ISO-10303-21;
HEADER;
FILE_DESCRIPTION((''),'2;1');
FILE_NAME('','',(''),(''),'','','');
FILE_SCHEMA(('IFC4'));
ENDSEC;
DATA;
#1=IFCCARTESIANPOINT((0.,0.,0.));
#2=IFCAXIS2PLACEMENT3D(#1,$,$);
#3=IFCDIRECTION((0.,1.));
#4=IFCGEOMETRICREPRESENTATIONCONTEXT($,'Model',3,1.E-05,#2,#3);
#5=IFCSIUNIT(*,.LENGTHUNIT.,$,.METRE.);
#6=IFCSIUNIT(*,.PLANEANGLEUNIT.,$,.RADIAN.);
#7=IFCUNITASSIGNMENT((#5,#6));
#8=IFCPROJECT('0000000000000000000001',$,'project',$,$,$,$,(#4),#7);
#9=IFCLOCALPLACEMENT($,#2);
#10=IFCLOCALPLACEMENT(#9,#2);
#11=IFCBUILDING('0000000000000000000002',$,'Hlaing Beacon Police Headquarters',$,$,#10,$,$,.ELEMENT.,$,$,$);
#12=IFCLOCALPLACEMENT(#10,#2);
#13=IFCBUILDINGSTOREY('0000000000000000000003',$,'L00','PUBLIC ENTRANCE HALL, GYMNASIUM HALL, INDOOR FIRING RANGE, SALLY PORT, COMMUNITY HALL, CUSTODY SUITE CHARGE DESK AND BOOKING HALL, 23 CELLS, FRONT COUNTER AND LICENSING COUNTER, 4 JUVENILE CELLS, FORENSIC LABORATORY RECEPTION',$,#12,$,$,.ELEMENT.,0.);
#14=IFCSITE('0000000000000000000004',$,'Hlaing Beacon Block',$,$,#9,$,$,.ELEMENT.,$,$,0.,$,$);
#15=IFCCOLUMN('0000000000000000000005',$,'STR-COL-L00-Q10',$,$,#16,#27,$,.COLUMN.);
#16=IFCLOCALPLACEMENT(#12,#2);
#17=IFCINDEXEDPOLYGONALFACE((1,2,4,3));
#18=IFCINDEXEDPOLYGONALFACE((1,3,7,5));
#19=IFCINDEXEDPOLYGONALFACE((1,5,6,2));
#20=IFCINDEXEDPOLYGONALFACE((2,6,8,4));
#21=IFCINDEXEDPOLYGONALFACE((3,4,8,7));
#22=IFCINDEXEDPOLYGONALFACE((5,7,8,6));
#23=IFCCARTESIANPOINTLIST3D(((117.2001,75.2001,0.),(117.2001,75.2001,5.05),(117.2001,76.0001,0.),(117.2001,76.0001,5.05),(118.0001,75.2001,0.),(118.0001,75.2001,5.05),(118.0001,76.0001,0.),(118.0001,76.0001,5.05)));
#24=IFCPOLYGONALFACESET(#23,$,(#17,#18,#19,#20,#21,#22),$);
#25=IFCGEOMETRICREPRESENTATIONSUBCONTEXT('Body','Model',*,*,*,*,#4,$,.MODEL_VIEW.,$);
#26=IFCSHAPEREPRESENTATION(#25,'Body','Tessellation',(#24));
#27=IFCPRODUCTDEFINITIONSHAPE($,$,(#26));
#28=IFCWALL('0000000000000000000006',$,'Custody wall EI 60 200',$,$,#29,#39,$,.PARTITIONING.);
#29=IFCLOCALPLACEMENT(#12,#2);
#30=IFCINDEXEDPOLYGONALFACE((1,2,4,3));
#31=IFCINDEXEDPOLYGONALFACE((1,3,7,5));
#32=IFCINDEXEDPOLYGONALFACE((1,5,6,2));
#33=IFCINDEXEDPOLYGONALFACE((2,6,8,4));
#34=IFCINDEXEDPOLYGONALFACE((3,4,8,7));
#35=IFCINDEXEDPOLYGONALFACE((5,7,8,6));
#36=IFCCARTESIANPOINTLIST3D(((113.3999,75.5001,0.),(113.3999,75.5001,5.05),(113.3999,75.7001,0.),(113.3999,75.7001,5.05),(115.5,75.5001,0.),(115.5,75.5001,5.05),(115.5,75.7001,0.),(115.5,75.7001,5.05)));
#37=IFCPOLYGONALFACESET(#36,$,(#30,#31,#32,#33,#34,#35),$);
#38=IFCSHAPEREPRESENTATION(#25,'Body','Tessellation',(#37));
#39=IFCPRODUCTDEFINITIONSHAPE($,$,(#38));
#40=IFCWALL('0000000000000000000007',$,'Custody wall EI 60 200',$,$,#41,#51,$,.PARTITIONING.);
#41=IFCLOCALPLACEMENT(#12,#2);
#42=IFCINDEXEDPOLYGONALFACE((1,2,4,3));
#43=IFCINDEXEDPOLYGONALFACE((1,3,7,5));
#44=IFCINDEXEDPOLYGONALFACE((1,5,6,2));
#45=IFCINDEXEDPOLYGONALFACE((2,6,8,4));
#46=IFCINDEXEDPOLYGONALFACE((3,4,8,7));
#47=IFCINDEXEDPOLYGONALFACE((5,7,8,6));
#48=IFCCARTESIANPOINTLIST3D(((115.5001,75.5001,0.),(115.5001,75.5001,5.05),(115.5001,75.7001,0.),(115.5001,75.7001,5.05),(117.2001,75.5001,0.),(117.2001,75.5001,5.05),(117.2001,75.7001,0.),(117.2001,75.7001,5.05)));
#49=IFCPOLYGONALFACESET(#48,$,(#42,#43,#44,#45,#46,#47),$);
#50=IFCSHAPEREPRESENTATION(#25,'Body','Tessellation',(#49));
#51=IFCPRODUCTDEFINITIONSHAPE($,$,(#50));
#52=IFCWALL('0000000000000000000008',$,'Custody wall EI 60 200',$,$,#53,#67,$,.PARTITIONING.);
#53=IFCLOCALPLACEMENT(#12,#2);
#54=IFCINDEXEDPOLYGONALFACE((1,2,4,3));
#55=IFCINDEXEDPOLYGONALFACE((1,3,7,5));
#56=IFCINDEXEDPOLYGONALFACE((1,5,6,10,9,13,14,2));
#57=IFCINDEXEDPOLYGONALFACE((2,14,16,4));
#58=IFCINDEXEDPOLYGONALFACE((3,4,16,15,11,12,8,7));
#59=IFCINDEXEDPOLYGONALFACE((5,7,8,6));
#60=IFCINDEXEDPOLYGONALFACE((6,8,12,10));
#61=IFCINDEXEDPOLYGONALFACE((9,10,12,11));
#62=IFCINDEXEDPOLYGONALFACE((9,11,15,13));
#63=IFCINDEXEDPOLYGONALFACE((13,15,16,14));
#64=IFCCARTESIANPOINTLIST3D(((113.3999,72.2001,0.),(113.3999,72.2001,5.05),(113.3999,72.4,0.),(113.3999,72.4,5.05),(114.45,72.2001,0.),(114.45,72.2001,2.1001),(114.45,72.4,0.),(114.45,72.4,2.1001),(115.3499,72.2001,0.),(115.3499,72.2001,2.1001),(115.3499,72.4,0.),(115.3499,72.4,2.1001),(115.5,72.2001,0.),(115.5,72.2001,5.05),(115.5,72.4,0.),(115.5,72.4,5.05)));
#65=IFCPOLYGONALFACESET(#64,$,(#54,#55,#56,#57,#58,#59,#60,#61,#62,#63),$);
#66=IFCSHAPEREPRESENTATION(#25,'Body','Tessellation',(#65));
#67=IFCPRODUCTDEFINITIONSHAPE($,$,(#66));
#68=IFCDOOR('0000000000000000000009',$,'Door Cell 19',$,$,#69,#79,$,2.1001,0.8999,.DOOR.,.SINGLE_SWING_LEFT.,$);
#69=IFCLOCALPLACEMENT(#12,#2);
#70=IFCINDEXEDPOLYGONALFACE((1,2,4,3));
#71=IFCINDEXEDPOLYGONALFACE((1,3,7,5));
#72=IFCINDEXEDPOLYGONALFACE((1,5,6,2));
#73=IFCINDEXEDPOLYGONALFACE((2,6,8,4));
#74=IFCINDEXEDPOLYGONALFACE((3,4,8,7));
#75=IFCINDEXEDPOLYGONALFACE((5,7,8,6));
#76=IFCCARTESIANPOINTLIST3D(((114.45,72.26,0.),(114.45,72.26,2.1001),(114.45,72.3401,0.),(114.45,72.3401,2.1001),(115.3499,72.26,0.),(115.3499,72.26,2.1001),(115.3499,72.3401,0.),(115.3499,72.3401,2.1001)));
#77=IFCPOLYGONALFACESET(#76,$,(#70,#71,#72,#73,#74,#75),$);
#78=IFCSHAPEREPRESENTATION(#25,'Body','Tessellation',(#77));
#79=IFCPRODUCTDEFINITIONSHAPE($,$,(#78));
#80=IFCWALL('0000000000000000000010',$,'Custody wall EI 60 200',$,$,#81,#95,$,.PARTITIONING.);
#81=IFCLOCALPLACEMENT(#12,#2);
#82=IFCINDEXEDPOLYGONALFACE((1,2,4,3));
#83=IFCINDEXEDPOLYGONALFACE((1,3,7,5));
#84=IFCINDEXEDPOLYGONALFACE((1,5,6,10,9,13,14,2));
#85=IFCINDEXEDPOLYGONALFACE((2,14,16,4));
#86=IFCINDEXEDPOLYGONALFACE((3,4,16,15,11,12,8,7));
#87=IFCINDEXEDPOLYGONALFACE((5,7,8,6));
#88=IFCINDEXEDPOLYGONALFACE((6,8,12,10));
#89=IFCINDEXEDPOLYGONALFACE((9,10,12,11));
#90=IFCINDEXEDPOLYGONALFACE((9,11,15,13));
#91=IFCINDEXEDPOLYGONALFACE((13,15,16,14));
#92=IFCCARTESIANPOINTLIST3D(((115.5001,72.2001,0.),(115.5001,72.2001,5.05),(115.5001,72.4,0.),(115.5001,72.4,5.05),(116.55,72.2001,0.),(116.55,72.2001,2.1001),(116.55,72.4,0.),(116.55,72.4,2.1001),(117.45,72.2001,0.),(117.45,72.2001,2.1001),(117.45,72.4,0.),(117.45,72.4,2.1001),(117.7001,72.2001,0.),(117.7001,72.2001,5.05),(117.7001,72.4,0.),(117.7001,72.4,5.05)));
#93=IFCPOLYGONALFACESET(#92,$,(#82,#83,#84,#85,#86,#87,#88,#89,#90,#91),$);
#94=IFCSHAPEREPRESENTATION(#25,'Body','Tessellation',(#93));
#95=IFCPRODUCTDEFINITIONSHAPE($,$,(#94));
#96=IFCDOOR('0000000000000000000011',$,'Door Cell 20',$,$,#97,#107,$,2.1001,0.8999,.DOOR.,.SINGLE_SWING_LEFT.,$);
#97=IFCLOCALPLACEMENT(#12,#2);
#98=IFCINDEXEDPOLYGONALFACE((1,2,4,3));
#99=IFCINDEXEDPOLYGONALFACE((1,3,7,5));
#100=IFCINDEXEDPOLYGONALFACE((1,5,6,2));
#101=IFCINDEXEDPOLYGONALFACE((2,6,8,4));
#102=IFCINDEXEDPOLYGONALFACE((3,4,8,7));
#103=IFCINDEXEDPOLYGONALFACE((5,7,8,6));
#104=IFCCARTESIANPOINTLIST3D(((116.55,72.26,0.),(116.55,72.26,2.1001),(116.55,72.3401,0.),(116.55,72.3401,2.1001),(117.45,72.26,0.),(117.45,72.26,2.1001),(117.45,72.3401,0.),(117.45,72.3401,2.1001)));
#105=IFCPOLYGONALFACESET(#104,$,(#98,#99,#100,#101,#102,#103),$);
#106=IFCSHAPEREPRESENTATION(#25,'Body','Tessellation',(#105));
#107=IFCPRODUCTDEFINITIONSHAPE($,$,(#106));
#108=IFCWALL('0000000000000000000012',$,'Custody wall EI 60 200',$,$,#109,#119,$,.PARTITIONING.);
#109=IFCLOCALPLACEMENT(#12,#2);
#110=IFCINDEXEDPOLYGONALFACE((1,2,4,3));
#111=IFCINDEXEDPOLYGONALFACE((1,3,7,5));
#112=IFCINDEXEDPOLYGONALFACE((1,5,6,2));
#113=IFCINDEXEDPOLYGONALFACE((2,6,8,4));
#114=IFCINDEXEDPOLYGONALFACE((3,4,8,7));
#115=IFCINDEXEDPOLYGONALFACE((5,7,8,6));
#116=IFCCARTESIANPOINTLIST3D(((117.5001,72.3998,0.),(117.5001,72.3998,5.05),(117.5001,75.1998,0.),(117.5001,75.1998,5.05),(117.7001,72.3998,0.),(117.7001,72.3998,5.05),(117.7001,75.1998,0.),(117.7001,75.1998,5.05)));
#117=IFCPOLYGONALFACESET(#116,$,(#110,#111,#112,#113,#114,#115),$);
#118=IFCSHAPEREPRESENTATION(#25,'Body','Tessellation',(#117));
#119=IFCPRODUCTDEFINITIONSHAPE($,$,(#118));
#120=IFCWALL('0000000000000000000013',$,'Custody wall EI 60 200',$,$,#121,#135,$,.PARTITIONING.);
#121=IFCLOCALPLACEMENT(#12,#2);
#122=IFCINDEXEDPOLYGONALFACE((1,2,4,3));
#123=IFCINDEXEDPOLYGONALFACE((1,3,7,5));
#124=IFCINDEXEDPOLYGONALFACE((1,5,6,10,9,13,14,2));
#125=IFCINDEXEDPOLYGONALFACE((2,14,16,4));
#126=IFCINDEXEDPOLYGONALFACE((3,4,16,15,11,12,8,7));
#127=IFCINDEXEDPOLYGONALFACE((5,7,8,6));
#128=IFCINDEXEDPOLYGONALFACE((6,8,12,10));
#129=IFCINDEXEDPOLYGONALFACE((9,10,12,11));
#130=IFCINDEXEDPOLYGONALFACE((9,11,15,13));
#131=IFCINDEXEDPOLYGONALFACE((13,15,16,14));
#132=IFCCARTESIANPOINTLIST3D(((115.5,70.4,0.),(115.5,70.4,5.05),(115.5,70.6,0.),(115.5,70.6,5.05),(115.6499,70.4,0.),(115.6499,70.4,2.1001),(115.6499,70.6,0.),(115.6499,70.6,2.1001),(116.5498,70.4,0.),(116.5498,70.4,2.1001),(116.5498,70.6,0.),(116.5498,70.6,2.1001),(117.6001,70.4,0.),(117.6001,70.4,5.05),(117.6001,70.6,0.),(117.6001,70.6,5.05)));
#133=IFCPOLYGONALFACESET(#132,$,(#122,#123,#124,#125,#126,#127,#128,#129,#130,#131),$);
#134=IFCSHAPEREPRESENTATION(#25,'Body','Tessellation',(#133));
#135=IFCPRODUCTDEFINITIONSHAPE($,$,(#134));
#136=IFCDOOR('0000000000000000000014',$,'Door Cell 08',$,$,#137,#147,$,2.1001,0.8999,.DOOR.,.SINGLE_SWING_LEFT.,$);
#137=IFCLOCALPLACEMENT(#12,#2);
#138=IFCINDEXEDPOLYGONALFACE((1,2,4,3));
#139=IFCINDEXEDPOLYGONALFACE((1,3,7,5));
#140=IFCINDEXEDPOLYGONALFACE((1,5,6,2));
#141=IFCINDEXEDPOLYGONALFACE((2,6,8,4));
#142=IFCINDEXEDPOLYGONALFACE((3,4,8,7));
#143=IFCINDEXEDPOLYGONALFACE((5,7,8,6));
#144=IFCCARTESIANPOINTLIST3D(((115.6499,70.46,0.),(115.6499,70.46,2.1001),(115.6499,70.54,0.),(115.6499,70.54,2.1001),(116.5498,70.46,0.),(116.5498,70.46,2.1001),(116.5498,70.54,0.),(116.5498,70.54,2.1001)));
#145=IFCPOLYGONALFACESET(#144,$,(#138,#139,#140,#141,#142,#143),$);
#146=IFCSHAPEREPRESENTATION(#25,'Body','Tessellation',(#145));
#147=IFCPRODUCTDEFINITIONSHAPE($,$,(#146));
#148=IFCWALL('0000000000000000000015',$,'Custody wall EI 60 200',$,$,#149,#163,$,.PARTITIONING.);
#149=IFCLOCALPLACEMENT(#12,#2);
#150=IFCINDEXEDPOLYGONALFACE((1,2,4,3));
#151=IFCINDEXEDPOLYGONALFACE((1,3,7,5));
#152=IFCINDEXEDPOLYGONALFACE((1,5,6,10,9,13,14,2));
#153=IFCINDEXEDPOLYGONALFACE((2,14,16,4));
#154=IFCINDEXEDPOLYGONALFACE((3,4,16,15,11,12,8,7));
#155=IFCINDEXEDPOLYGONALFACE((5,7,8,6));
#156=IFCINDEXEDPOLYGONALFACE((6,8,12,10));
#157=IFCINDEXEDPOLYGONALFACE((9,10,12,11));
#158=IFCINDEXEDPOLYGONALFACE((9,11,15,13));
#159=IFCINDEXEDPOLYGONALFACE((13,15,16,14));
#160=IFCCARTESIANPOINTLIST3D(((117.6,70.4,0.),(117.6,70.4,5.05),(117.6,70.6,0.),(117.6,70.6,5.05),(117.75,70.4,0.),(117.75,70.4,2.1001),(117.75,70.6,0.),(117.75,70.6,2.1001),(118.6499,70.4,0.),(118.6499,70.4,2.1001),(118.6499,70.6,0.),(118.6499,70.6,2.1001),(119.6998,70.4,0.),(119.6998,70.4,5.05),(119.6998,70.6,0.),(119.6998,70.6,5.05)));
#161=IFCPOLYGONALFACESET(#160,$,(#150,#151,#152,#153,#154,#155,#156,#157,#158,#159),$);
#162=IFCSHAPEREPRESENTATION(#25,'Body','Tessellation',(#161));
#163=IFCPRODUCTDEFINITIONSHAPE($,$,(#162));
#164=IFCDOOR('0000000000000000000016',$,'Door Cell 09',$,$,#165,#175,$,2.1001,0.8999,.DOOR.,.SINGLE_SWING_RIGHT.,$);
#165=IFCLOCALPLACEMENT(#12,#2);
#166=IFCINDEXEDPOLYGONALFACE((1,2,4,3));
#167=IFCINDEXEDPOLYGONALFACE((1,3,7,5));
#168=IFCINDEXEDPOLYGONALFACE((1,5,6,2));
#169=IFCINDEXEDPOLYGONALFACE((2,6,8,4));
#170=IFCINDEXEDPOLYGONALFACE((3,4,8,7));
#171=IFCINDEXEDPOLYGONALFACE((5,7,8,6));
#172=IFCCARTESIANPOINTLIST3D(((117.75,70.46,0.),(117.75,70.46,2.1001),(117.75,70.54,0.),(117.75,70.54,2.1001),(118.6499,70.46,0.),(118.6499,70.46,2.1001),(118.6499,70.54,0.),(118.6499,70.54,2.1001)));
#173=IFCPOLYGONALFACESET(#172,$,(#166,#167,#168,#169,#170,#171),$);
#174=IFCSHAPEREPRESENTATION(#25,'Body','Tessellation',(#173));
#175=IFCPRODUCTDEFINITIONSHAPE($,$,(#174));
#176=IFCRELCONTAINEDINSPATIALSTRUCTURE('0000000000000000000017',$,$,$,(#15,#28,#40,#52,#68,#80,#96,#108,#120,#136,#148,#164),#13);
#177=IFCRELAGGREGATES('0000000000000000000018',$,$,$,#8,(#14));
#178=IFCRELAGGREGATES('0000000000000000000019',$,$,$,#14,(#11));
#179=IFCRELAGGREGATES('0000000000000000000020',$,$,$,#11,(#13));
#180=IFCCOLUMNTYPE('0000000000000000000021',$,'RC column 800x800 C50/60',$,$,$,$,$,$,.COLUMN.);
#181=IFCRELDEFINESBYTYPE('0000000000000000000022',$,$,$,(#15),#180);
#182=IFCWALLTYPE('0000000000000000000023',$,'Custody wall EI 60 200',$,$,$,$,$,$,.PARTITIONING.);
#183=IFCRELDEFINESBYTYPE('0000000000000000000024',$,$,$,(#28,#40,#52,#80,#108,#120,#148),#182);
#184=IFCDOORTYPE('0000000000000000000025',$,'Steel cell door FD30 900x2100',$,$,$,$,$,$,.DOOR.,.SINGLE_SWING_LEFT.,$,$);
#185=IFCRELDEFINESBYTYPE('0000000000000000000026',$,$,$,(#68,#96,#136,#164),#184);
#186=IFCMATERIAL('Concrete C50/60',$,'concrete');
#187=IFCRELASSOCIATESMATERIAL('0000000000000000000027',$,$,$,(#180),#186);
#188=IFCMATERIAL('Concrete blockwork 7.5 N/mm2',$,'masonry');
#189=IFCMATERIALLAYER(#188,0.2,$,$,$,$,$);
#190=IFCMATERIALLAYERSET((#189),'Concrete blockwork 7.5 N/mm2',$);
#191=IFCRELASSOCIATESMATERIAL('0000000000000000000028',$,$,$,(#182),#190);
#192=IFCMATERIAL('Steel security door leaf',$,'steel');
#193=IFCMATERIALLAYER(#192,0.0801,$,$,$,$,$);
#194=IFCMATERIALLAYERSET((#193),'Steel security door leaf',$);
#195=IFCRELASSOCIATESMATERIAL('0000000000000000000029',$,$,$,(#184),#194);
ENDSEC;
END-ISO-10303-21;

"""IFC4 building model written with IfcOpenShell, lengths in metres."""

from ifc_helpers import new_model, si_unit, direction, frame, frame_2d, origin, origin_2d, place, context, subcontext, project, spatial, rectangle, extrude, material, layer, layer_set, material_profile, profile_set, type_object, element, fill, save


model = new_model("IFC4")

# Units and contexts
model_context = context("Model", 3, precision=1e-05, world=origin(), true_north=direction((0.0, 1.0)))
body_context = subcontext(model_context, "Body", "Model", "MODEL_VIEW")
ifc_project = project(units=[si_unit("LENGTHUNIT", "METRE"), si_unit("PLANEANGLEUNIT", "RADIAN")], contexts=[model_context])

# Site, building, storey
site_placement = place(None, origin())
site = spatial("IfcSite", under=ifc_project, at=site_placement, Name="Hlaing Beacon Block", CompositionType="ELEMENT", RefElevation=0.0)
building_placement = place(site_placement, origin())
building = spatial("IfcBuilding", under=site, at=building_placement, Name="Hlaing Beacon Police Headquarters", CompositionType="ELEMENT")
storey_placement = place(building_placement, origin())
storey = spatial("IfcBuildingStorey", under=building, at=storey_placement, Name="L00", Description="PUBLIC ENTRANCE HALL, GYMNASIUM HALL, INDOOR FIRING RANGE, SALLY PORT, COMMUNITY HALL, CUSTODY SUITE CHARGE DESK AND BOOKING HALL, 23 CELLS, FRONT COUNTER AND LICENSING COUNTER, 4 JUVENILE CELLS, FORENSIC LABORATORY RECEPTION", CompositionType="ELEMENT", Elevation=0.0)

# Column
ifc_material_1 = material(Name="Concrete C50/60", Category="concrete")
ifc_material_profile = material_profile(ifc_material_1, rectangle(XDim=0.8, YDim=0.8, at=origin_2d()), Name="800x800")
ifc_profile_set = profile_set([ifc_material_profile], Name="Concrete C50/60")
column_type = type_object("IfcColumnType", Name="RC column 800x800 C50/60", PredefinedType="COLUMN", material=ifc_profile_set)
column_placement = place(storey_placement, frame((117.6001, 75.6001, 0.0), z_axis=(0.0, 0.0, 1.0), x_axis=(1.0, 0.0, 0.0)))
element("IfcColumn", 1, at=column_placement, inside=storey, type_object=column_type, Name="STR-COL-L00-Q10", PredefinedType="COLUMN", context=body_context, shape_type="SweptSolid", body=[
    extrude(rectangle(XDim=0.8, YDim=0.8, at=origin_2d()), origin(), (0.0, 0.0, 1.0), 5.05),
])

# Walls
ifc_material_2 = material(Name="Concrete blockwork 7.5 N/mm2", Category="masonry")
ifc_layer_1 = layer(ifc_material_2, 0.2)
ifc_layer_set_1 = layer_set([ifc_layer_1], Name="Concrete blockwork 7.5 N/mm2")
wall_type_1 = type_object("IfcWallType", Name="Custody wall EI 60 200", PredefinedType="PARTITIONING", material=ifc_layer_set_1)
wall_1_placement = place(storey_placement, frame((113.3999, 75.6001, 0.0), z_axis=(0.0, 0.0, 1.0), x_axis=(1.0, 0.0, 0.0)))
element("IfcWall", 2, at=wall_1_placement, inside=storey, type_object=wall_type_1, Name="Custody wall EI 60 200", PredefinedType="PARTITIONING", context=body_context, shape_type="SweptSolid", body=[
    extrude(rectangle(XDim=2.1001, YDim=0.2, at=frame_2d((1.05, 0.0))), origin(), (0.0, 0.0, 1.0), 5.05),
])
wall_2_placement = place(storey_placement, frame((115.5, 75.6001, 0.0), z_axis=(0.0, 0.0, 1.0), x_axis=(1.0, 0.0, 0.0)))
element("IfcWall", 3, at=wall_2_placement, inside=storey, type_object=wall_type_1, Name="Custody wall EI 60 200", PredefinedType="PARTITIONING", context=body_context, shape_type="SweptSolid", body=[
    extrude(rectangle(XDim=1.7, YDim=0.2, at=frame_2d((0.8501, 0.0))), origin(), (0.0, 0.0, 1.0), 5.05),
])

# Walls, openings, doors
wall_3_placement = place(storey_placement, frame((113.3999, 72.3, 0.0), z_axis=(0.0, 0.0, 1.0), x_axis=(1.0, 0.0, 0.0)))
wall_3 = element("IfcWall", 4, at=wall_3_placement, inside=storey, type_object=wall_type_1, Name="Custody wall EI 60 200", PredefinedType="PARTITIONING", context=body_context, shape_type="SweptSolid", body=[
    extrude(rectangle(XDim=2.1001, YDim=0.2, at=frame_2d((1.05, 0.0))), origin(), (0.0, 0.0, 1.0), 5.05),
])
opening_1_placement = place(wall_3_placement, frame((1.05, 0.0, 0.0)))
opening_1 = element("IfcOpeningElement", 5, at=opening_1_placement, cuts=wall_3, PredefinedType="OPENING", context=body_context, shape_type="SweptSolid", body=[
    extrude(rectangle(XDim=0.8999, YDim=2.1001, at=frame_2d((0.45, 1.05))), frame((0.0, 0.1099, 0.0), z_axis=(0.0, -1.0, 0.0), x_axis=(1.0, 0.0, 0.0)), (0.0, 0.0, 1.0), 0.22),
])
ifc_material_3 = material(Name="Steel security door leaf", Category="steel")
ifc_layer_2 = layer(ifc_material_3, 0.0801)
ifc_layer_set_2 = layer_set([ifc_layer_2], Name="Steel security door leaf")
door_type_1 = type_object("IfcDoorType", Name="Steel cell door FD30 900x2100", OperationType="SINGLE_SWING_LEFT", PredefinedType="DOOR", material=ifc_layer_set_2)
door_1_placement = place(opening_1_placement, origin())
door_1 = element("IfcDoor", 6, at=door_1_placement, inside=storey, type_object=door_type_1, Name="Door Cell 19", OperationType="SINGLE_SWING_LEFT", OverallHeight=2.1001, OverallWidth=0.8999, PredefinedType="DOOR", context=body_context, shape_type="SweptSolid", body=[
    extrude(rectangle(XDim=0.8999, YDim=2.1001, at=frame_2d((0.45, 1.05))), frame((0.0, 0.04, 0.0), z_axis=(0.0, -1.0, 0.0), x_axis=(1.0, 0.0, 0.0)), (0.0, 0.0, 1.0), 0.0801),
])
fill(opening_1, door_1)
wall_4_placement = place(storey_placement, frame((115.5, 72.3, 0.0), z_axis=(0.0, 0.0, 1.0), x_axis=(1.0, 0.0, 0.0)))
wall_4 = element("IfcWall", 7, at=wall_4_placement, inside=storey, type_object=wall_type_1, Name="Custody wall EI 60 200", PredefinedType="PARTITIONING", context=body_context, shape_type="SweptSolid", body=[
    extrude(rectangle(XDim=2.2, YDim=0.2, at=frame_2d((1.1001, 0.0))), origin(), (0.0, 0.0, 1.0), 5.05),
])
opening_2_placement = place(wall_4_placement, frame((1.05, 0.0, 0.0)))
opening_2 = element("IfcOpeningElement", 8, at=opening_2_placement, cuts=wall_4, PredefinedType="OPENING", context=body_context, shape_type="SweptSolid", body=[
    extrude(rectangle(XDim=0.8999, YDim=2.1001, at=frame_2d((0.45, 1.05))), frame((0.0, 0.1099, 0.0), z_axis=(0.0, -1.0, 0.0), x_axis=(1.0, 0.0, 0.0)), (0.0, 0.0, 1.0), 0.22),
])
door_2_placement = place(opening_2_placement, origin())
door_2 = element("IfcDoor", 9, at=door_2_placement, inside=storey, type_object=door_type_1, Name="Door Cell 20", OperationType="SINGLE_SWING_LEFT", OverallHeight=2.1001, OverallWidth=0.8999, PredefinedType="DOOR", context=body_context, shape_type="SweptSolid", body=[
    extrude(rectangle(XDim=0.8999, YDim=2.1001, at=frame_2d((0.45, 1.05))), frame((0.0, 0.04, 0.0), z_axis=(0.0, -1.0, 0.0), x_axis=(1.0, 0.0, 0.0)), (0.0, 0.0, 1.0), 0.0801),
])
fill(opening_2, door_2)

# Wall
wall_5_placement = place(storey_placement, frame((117.6001, 72.3999, 0.0), z_axis=(0.0, 0.0, 1.0), x_axis=(0.0, 1.0, 0.0)))
element("IfcWall", 10, at=wall_5_placement, inside=storey, type_object=wall_type_1, Name="Custody wall EI 60 200", PredefinedType="PARTITIONING", context=body_context, shape_type="SweptSolid", body=[
    extrude(rectangle(XDim=2.8, YDim=0.2, at=frame_2d((1.3999, 0.0))), origin(), (0.0, 0.0, 1.0), 5.05),
])

# Walls, openings, doors
wall_6_placement = place(storey_placement, frame((115.5, 70.5, 0.0), z_axis=(0.0, 0.0, 1.0), x_axis=(1.0, 0.0, 0.0)))
wall_6 = element("IfcWall", 11, at=wall_6_placement, inside=storey, type_object=wall_type_1, Name="Custody wall EI 60 200", PredefinedType="PARTITIONING", context=body_context, shape_type="SweptSolid", body=[
    extrude(rectangle(XDim=2.1001, YDim=0.2, at=frame_2d((1.05, 0.0))), origin(), (0.0, 0.0, 1.0), 5.05),
])
opening_3_placement = place(wall_6_placement, frame((0.1499, 0.0, 0.0)))
opening_3 = element("IfcOpeningElement", 12, at=opening_3_placement, cuts=wall_6, PredefinedType="OPENING", context=body_context, shape_type="SweptSolid", body=[
    extrude(rectangle(XDim=0.8999, YDim=2.1001, at=frame_2d((0.45, 1.05))), frame((0.0, 0.1099, 0.0), z_axis=(0.0, -1.0, 0.0), x_axis=(1.0, 0.0, 0.0)), (0.0, 0.0, 1.0), 0.22),
])
door_3_placement = place(opening_3_placement, frame((0.8999, 0.0, 0.0), z_axis=(0.0, 0.0, 1.0), x_axis=(-1.0, 0.0, 0.0)))
door_3 = element("IfcDoor", 13, at=door_3_placement, inside=storey, type_object=door_type_1, Name="Door Cell 08", OperationType="SINGLE_SWING_LEFT", OverallHeight=2.1001, OverallWidth=0.8999, PredefinedType="DOOR", context=body_context, shape_type="SweptSolid", body=[
    extrude(rectangle(XDim=0.8999, YDim=2.1001, at=frame_2d((0.45, 1.05))), frame((0.0, 0.04, 0.0), z_axis=(0.0, -1.0, 0.0), x_axis=(1.0, 0.0, 0.0)), (0.0, 0.0, 1.0), 0.0801),
])
fill(opening_3, door_3)
wall_7_placement = place(storey_placement, frame((117.6001, 70.5, 0.0), z_axis=(0.0, 0.0, 1.0), x_axis=(1.0, 0.0, 0.0)))
wall_7 = element("IfcWall", 14, at=wall_7_placement, inside=storey, type_object=wall_type_1, Name="Custody wall EI 60 200", PredefinedType="PARTITIONING", context=body_context, shape_type="SweptSolid", body=[
    extrude(rectangle(XDim=2.0999, YDim=0.2, at=frame_2d((1.0498, 0.0))), origin(), (0.0, 0.0, 1.0), 5.05),
])
opening_4_placement = place(wall_7_placement, frame((0.1499, 0.0, 0.0)))
opening_4 = element("IfcOpeningElement", 15, at=opening_4_placement, cuts=wall_7, PredefinedType="OPENING", context=body_context, shape_type="SweptSolid", body=[
    extrude(rectangle(XDim=0.8999, YDim=2.1001, at=frame_2d((0.45, 1.05))), frame((0.0, 0.1099, 0.0), z_axis=(0.0, -1.0, 0.0), x_axis=(1.0, 0.0, 0.0)), (0.0, 0.0, 1.0), 0.22),
])
door_4_placement = place(opening_4_placement, origin())
door_4 = element("IfcDoor", 16, at=door_4_placement, inside=storey, type_object=door_type_1, Name="Door Cell 09", OperationType="SINGLE_SWING_RIGHT", OverallHeight=2.1001, OverallWidth=0.8999, PredefinedType="DOOR", context=body_context, shape_type="SweptSolid", body=[
    extrude(rectangle(XDim=0.8999, YDim=2.1001, at=frame_2d((0.45, 1.05))), frame((0.0, 0.04, 0.0), z_axis=(0.0, -1.0, 0.0), x_axis=(1.0, 0.0, 0.0)), (0.0, 0.0, 1.0), 0.0801),
])
fill(opening_4, door_4)

save(model, "model.ifc")
